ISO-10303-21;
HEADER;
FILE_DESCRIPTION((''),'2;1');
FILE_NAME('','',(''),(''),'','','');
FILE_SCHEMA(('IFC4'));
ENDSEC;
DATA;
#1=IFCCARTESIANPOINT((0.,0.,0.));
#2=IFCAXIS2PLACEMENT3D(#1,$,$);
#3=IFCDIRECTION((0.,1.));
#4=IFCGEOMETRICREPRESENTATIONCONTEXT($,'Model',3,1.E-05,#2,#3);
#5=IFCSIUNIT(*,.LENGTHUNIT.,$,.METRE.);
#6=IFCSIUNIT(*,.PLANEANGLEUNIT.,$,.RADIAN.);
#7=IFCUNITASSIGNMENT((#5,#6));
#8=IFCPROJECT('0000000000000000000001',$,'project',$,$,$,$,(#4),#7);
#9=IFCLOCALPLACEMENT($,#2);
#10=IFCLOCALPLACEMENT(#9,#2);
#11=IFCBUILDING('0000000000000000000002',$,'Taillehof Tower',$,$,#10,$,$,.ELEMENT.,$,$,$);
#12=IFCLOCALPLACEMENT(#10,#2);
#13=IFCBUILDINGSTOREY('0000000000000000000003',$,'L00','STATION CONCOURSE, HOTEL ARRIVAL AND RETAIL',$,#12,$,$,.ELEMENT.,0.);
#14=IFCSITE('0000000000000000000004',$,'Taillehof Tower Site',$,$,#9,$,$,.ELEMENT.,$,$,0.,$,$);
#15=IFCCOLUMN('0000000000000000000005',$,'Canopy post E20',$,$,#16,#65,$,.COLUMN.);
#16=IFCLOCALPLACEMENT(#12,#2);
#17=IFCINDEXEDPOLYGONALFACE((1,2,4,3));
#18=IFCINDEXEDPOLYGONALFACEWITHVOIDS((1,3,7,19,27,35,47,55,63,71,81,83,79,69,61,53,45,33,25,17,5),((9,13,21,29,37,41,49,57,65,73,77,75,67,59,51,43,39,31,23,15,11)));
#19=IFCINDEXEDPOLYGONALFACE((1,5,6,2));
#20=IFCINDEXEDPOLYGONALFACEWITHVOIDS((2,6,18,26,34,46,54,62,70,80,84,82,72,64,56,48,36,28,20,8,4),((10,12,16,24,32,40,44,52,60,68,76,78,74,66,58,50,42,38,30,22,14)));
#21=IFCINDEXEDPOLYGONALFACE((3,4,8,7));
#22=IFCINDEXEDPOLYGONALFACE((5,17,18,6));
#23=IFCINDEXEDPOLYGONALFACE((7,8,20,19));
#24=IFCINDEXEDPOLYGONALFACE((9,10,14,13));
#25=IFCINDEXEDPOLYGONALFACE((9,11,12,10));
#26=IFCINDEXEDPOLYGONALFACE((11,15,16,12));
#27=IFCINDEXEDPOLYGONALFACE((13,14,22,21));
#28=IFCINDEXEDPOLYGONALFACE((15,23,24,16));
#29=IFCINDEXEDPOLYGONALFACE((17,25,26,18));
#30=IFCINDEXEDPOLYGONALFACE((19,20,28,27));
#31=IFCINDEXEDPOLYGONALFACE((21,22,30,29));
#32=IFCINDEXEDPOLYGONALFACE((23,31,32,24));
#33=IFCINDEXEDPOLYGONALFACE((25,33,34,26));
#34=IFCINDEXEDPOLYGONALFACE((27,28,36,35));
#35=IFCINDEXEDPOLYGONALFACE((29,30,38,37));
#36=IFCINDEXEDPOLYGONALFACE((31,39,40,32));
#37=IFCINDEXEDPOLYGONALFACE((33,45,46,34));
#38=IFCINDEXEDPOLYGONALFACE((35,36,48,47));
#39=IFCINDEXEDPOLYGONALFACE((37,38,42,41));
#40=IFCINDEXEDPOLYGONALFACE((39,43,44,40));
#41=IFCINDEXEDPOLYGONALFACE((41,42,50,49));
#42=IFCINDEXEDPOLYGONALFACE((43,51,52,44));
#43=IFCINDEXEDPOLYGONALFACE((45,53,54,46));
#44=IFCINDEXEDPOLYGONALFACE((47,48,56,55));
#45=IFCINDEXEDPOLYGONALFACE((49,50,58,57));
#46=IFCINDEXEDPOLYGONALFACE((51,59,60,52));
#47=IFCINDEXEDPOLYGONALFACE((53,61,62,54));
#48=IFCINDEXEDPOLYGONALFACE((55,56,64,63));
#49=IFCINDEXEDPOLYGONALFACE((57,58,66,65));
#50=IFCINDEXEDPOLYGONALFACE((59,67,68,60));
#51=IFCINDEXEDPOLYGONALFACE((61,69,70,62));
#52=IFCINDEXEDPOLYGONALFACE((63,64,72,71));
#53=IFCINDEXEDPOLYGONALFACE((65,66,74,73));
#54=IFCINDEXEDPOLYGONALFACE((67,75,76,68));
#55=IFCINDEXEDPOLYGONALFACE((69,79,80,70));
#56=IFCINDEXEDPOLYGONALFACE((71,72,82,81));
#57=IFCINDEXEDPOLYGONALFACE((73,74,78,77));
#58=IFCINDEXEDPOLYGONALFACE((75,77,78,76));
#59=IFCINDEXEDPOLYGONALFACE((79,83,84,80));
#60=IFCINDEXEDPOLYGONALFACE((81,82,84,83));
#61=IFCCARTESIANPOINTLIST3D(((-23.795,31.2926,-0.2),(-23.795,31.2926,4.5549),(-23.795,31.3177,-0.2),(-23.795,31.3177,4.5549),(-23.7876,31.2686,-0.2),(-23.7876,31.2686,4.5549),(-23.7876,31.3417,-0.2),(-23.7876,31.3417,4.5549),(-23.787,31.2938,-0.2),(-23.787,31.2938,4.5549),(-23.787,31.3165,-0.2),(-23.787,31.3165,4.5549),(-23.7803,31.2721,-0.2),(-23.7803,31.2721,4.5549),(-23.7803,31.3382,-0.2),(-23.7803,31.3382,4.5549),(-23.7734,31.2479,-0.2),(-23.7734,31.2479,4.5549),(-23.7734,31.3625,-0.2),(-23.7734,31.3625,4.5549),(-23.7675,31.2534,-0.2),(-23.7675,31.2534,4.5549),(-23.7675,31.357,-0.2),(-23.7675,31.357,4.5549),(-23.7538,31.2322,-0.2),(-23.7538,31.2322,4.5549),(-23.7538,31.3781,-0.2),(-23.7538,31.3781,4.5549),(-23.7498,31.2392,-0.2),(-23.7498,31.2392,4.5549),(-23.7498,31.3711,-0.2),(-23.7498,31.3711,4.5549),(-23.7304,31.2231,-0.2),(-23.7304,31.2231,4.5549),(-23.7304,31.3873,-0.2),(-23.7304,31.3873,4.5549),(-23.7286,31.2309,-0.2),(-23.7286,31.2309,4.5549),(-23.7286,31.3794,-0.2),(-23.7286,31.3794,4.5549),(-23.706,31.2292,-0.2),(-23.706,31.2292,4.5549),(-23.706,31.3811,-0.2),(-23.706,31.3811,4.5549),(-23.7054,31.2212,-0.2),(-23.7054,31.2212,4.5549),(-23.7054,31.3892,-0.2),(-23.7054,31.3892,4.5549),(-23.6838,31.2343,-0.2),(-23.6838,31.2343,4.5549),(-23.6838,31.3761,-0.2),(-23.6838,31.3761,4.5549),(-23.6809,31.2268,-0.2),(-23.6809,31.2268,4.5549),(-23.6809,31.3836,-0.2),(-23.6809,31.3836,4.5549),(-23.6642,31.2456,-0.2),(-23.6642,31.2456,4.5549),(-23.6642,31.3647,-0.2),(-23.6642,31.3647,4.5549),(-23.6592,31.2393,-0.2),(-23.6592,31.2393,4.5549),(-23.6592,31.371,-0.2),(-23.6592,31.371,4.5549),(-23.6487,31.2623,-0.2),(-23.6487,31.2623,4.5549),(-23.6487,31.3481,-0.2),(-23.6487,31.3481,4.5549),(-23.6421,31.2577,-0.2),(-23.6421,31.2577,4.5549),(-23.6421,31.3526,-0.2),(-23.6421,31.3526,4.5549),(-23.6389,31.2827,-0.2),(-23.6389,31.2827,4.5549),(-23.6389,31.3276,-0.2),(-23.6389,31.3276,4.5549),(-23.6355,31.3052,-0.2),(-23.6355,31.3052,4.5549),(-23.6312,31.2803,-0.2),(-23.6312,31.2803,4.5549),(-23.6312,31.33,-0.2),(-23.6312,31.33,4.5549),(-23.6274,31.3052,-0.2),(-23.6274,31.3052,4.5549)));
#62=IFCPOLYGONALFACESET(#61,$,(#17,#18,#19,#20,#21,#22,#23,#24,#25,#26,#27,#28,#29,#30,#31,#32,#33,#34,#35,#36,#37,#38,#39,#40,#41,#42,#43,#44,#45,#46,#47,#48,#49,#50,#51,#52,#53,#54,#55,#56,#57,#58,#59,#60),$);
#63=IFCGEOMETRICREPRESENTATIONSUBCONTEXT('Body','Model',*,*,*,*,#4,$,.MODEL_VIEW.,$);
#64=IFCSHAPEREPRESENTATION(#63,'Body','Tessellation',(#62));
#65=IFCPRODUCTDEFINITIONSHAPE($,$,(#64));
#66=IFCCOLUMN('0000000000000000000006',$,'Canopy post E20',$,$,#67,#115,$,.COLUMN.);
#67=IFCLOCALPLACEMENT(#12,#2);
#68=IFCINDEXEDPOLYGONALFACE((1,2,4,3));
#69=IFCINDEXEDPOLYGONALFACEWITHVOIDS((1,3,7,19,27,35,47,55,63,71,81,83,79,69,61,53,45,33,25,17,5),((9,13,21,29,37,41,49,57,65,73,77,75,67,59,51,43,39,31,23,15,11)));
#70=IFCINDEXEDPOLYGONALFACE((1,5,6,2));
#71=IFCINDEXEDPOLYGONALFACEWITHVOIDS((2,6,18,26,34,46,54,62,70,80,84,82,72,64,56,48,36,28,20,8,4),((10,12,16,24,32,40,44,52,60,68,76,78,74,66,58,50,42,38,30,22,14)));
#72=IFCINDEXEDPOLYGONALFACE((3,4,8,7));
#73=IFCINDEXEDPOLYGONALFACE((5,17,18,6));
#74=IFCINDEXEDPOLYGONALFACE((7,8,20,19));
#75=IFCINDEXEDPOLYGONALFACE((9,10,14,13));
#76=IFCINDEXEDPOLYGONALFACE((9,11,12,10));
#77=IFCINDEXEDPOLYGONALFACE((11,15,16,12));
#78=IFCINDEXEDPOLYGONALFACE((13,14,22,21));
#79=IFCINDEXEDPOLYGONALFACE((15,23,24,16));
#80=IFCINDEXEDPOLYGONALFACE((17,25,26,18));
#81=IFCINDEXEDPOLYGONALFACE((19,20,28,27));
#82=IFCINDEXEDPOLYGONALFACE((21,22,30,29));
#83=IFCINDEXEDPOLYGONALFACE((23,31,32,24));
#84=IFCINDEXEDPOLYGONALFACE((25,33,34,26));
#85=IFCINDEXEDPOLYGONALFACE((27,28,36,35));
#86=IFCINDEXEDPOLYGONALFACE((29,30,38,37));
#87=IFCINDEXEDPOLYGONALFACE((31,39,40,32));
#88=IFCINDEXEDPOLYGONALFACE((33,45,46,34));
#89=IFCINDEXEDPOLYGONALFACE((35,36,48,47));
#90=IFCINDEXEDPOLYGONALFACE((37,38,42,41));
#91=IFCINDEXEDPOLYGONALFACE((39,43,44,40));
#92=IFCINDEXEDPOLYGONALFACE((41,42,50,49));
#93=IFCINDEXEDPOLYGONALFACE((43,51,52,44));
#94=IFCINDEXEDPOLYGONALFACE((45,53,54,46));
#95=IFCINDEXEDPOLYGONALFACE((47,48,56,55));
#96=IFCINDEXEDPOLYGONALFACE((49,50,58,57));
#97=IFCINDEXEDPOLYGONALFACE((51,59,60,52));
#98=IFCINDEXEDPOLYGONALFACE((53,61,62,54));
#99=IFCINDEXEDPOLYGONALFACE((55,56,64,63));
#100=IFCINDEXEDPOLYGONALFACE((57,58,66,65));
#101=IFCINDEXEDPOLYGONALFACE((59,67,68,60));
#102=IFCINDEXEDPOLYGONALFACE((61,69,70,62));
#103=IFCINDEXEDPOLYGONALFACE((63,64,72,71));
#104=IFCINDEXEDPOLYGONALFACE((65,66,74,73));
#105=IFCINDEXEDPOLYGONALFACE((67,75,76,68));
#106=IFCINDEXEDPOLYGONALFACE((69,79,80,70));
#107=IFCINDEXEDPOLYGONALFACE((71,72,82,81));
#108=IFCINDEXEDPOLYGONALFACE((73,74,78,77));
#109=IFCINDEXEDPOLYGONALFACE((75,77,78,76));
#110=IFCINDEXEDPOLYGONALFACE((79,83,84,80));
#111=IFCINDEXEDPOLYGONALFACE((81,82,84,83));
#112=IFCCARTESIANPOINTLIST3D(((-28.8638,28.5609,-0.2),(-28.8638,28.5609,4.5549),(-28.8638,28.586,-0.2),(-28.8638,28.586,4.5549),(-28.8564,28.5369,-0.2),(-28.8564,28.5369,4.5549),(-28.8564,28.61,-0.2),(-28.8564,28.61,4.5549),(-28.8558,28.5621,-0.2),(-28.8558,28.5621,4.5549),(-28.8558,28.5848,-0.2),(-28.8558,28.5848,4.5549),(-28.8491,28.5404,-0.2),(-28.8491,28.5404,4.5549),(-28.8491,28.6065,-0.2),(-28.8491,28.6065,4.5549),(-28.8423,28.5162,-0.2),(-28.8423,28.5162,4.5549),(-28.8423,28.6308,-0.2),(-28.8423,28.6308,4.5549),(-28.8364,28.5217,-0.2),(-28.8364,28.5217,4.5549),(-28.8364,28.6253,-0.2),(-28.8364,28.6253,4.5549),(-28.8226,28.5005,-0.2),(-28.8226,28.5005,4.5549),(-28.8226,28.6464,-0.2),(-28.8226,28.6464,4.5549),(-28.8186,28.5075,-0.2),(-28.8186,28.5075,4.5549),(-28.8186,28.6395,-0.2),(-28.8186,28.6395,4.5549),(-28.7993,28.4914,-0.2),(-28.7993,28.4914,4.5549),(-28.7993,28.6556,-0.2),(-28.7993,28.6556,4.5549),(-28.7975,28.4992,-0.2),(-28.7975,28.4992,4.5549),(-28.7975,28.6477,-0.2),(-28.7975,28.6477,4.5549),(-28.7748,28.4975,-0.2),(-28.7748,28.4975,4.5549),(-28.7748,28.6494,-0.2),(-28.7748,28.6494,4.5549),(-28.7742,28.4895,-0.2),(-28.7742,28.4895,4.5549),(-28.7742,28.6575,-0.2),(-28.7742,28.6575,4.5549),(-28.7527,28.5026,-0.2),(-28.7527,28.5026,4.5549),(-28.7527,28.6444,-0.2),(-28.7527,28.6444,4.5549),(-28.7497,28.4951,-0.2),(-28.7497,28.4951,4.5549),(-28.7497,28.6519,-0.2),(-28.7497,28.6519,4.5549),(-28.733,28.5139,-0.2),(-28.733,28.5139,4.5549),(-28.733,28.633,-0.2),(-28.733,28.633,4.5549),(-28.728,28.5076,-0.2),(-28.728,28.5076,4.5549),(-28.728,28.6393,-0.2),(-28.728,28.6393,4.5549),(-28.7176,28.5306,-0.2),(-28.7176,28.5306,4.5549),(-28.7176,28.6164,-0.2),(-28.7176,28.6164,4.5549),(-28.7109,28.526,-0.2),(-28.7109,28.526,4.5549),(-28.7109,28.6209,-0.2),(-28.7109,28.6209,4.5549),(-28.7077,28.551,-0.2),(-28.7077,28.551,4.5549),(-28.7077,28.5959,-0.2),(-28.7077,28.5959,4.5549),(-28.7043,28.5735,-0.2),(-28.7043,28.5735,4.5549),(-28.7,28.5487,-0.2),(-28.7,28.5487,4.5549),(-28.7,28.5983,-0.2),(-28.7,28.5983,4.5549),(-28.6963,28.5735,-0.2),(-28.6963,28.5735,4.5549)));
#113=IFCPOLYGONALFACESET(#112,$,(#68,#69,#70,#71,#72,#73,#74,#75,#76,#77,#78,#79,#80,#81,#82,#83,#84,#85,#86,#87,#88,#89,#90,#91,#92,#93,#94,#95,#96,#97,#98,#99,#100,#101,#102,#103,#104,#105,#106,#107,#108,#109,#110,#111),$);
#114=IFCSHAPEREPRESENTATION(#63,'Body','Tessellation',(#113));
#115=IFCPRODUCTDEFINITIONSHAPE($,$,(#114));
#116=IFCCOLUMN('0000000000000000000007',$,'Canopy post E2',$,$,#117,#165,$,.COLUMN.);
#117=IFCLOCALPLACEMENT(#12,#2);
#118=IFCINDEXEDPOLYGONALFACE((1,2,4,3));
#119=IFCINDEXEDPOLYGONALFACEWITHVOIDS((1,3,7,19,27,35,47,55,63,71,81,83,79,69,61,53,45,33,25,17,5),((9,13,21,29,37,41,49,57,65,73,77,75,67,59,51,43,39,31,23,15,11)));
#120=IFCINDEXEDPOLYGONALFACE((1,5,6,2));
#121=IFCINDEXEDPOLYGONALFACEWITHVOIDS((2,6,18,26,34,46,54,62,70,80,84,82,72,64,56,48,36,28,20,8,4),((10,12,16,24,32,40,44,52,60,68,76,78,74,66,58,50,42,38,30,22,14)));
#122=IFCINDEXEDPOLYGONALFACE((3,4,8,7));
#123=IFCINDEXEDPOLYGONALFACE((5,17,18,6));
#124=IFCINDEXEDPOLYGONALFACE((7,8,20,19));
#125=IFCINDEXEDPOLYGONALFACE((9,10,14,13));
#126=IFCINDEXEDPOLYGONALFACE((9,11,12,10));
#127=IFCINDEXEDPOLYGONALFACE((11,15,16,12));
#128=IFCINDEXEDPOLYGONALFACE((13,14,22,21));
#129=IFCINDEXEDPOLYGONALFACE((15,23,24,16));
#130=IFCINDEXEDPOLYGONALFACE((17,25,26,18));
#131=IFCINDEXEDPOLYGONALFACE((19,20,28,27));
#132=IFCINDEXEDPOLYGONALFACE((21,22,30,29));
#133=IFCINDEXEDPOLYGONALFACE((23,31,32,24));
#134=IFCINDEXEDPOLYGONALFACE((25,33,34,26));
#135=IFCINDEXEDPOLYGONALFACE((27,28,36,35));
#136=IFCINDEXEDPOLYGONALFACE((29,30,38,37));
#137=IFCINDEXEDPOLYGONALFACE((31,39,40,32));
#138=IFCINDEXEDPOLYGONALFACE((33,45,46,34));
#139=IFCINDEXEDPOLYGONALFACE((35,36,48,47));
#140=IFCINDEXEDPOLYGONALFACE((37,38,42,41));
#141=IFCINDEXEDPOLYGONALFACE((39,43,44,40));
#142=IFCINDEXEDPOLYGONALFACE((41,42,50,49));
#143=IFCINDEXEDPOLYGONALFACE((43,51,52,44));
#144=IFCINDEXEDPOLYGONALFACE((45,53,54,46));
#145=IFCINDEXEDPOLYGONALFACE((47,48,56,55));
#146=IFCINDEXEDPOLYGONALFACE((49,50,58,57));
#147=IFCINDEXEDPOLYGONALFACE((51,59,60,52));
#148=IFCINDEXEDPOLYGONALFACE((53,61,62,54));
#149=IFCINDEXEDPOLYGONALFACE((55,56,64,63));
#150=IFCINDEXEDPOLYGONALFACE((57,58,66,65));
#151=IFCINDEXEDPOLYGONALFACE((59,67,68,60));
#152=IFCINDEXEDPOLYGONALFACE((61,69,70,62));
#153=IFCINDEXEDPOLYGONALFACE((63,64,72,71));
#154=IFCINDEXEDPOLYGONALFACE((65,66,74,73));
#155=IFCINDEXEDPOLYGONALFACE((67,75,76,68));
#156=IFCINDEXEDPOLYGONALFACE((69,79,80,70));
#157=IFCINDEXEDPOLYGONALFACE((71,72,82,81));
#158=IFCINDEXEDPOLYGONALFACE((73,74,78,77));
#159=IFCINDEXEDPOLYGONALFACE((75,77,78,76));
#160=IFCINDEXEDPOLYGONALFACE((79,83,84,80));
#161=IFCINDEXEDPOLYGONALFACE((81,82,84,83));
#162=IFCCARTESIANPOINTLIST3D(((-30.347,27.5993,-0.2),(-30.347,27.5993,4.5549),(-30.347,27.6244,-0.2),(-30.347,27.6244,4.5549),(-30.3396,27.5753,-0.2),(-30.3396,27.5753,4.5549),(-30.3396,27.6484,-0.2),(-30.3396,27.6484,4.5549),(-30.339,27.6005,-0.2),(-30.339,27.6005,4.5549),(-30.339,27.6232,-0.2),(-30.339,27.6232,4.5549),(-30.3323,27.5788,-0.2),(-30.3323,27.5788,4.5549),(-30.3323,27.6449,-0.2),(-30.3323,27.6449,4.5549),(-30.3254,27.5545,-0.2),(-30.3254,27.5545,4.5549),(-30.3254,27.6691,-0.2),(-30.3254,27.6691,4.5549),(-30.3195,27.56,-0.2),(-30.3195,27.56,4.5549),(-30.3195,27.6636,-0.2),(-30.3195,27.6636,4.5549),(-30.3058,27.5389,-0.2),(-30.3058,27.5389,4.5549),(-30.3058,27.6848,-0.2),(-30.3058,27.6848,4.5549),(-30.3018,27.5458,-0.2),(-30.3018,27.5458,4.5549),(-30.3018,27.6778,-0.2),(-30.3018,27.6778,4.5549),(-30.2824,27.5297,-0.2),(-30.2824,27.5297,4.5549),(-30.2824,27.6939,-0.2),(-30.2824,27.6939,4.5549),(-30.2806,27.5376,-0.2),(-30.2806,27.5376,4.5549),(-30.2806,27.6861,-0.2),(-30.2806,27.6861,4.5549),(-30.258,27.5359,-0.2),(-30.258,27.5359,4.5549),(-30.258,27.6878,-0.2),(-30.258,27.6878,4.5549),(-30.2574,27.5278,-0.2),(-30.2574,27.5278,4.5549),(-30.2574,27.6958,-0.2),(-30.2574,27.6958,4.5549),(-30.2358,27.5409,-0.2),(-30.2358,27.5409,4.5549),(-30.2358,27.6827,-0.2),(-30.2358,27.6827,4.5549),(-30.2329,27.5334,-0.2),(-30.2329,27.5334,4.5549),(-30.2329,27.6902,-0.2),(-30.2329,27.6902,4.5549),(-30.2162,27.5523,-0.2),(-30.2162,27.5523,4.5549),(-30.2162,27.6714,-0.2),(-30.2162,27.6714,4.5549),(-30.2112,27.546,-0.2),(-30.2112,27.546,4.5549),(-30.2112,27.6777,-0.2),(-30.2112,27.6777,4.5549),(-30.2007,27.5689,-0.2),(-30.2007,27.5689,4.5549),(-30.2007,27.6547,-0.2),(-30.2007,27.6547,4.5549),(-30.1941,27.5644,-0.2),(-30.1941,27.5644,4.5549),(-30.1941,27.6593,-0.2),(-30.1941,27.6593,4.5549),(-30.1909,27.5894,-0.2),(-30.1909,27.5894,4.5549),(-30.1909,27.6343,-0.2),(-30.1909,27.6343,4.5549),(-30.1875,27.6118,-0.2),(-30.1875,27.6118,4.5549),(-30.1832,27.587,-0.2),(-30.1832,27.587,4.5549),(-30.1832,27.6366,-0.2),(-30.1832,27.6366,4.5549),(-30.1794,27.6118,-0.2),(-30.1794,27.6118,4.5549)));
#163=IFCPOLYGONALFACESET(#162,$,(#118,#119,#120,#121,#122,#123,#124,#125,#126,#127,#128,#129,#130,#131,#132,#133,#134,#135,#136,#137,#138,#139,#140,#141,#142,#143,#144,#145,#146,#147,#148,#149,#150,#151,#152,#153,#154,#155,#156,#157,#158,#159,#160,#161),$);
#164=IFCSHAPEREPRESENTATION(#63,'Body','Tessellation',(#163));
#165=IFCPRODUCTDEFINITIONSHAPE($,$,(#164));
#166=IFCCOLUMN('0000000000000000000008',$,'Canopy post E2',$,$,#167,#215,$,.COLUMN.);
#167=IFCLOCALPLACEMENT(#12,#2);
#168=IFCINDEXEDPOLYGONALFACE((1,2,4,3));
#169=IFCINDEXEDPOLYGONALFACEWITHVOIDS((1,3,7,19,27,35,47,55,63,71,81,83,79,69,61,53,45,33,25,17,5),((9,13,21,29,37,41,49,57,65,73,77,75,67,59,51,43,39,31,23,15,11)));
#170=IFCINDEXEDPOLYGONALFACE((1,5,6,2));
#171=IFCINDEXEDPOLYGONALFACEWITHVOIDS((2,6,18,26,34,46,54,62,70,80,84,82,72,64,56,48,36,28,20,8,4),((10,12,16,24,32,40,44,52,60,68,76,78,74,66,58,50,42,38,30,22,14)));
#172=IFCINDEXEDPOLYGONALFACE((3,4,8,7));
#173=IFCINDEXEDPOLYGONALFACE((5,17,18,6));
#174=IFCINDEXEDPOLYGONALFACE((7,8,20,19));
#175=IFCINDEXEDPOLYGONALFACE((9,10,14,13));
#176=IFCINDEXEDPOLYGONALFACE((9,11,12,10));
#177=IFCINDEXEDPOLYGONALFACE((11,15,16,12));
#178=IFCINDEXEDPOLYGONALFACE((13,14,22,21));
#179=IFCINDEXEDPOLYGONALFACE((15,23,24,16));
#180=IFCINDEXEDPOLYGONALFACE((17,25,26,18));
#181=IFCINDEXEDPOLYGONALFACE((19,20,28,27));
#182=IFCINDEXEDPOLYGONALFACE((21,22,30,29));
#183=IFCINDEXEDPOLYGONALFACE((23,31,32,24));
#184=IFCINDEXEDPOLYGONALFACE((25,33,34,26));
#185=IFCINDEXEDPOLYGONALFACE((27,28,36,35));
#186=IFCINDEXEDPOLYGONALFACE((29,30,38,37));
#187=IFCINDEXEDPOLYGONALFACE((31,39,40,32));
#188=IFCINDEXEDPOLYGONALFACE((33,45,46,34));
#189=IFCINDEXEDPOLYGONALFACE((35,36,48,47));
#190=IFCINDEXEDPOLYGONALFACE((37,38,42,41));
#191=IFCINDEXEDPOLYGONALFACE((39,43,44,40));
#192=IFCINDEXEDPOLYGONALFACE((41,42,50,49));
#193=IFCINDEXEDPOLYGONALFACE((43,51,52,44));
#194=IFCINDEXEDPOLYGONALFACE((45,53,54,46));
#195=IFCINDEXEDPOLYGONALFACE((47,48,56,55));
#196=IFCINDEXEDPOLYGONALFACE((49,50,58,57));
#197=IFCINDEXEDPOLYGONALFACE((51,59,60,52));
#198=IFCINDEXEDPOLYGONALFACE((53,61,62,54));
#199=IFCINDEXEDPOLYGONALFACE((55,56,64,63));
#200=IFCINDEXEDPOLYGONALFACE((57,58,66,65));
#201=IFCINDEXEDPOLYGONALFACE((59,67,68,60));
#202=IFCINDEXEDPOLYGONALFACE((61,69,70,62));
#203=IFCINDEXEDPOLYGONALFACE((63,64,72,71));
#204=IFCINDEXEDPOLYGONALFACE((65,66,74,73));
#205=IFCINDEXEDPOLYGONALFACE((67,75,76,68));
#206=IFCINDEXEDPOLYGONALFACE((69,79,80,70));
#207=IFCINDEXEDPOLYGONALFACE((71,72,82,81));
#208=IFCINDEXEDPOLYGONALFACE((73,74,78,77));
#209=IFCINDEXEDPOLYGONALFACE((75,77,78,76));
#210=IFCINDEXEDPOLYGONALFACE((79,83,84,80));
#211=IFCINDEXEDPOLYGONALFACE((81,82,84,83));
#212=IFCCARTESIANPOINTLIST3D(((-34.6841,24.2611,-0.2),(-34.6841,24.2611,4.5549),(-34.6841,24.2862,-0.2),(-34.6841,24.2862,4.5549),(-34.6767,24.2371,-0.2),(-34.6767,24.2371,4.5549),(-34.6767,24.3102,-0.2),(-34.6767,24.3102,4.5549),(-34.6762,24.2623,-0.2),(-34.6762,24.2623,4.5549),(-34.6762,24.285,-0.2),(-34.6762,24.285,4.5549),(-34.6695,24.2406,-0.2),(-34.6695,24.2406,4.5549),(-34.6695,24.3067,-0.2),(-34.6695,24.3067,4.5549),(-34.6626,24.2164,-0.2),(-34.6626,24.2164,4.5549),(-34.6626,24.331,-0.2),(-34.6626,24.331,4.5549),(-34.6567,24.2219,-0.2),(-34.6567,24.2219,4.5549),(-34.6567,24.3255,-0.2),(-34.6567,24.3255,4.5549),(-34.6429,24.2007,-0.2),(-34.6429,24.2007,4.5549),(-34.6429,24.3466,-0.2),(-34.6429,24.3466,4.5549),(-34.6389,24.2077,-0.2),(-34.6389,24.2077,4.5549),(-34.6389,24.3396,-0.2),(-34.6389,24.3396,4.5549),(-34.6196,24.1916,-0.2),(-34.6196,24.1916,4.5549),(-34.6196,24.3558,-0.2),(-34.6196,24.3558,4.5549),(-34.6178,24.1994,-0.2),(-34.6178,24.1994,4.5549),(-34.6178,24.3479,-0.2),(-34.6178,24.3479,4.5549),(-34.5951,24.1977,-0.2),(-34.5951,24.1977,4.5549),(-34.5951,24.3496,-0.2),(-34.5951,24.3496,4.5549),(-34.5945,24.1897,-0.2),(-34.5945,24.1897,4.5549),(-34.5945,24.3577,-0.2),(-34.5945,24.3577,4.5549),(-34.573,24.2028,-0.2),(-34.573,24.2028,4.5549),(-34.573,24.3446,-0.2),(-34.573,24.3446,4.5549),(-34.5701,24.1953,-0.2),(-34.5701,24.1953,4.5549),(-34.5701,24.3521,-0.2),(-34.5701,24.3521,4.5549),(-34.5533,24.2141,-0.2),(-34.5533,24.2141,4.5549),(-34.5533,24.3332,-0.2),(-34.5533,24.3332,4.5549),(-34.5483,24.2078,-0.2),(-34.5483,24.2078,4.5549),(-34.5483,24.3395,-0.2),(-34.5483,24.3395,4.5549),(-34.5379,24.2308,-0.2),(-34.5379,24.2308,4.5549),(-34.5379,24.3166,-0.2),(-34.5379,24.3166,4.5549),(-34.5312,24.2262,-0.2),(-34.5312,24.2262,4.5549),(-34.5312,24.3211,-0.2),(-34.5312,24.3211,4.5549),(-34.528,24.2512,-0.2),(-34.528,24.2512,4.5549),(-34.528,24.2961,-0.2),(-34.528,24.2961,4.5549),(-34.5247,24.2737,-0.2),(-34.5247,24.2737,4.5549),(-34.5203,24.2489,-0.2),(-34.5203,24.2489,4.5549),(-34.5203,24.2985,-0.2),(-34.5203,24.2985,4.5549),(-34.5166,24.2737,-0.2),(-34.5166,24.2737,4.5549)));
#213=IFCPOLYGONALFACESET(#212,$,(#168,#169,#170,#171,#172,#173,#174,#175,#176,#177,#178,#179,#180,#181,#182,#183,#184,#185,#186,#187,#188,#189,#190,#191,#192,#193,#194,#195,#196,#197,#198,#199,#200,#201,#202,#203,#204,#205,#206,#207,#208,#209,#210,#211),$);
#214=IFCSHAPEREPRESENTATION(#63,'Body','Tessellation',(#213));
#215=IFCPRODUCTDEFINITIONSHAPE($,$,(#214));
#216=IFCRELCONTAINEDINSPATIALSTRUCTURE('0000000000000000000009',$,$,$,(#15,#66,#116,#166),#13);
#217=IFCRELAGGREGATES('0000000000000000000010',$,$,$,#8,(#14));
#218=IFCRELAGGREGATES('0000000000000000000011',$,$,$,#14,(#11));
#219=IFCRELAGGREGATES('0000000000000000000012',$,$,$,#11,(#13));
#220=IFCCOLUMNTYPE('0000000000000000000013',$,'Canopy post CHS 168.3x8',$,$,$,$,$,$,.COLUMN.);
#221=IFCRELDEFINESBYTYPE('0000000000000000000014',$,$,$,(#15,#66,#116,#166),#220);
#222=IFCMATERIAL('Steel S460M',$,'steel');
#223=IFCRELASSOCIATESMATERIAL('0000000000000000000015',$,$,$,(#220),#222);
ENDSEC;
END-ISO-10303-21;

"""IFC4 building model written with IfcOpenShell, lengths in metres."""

from ifc_helpers import new_model, si_unit, direction, frame, origin, origin_2d, place, context, subcontext, project, spatial, hollow_circle, extrude, material, material_profile, profile_set, type_object, element, save


model = new_model("IFC4")

# Units and contexts
model_context = context("Model", 3, precision=1e-05, world=origin(), true_north=direction((0.0, 1.0)))
body_context = subcontext(model_context, "Body", "Model", "MODEL_VIEW")
ifc_project = project(units=[si_unit("LENGTHUNIT", "METRE"), si_unit("PLANEANGLEUNIT", "RADIAN")], contexts=[model_context])

# Site, building, storey
site_placement = place(None, origin())
site = spatial("IfcSite", under=ifc_project, at=site_placement, Name="Taillehof Tower Site", CompositionType="ELEMENT", RefElevation=0.0)
building_placement = place(site_placement, origin())
building = spatial("IfcBuilding", under=site, at=building_placement, Name="Taillehof Tower", CompositionType="ELEMENT")
storey_placement = place(building_placement, origin())
storey = spatial("IfcBuildingStorey", under=building, at=storey_placement, Name="L00", Description="STATION CONCOURSE, HOTEL ARRIVAL AND RETAIL", CompositionType="ELEMENT", Elevation=0.0)

# Columns
ifc_material_1 = material(Name="Steel S460M", Category="steel")
ifc_material_profile_1 = material_profile(ifc_material_1, hollow_circle(Radius=0.0842, WallThickness=0.0081, at=origin_2d()), Name="CHS 168.3x8")
ifc_profile_set_1 = profile_set([ifc_material_profile_1], Name="Steel S460M")
column_type_1 = type_object("IfcColumnType", Name="Canopy post CHS 168.3x8", PredefinedType="COLUMN", material=ifc_profile_set_1)
for number, where, z_axis, x_axis, name in (
    (1, (-23.7117, 31.3052, -0.2), (0.0, 0.0, 1.0), (1.0, 0.0, 0.0), "Canopy post E20"),
    (2, (-28.7805, 28.5735, -0.2), (0.0, 0.0, 1.0), (1.0, 0.0, 0.0), "Canopy post E20"),
    (3, (-30.2637, 27.6118, -0.2), (0.0, 0.0, 1.0), (1.0, 0.0, 0.0), "Canopy post E2"),
    (4, (-34.6008, 24.2737, -0.2), (0.0, 0.0, 1.0), (1.0, 0.0, 0.0), "Canopy post E2"),
):
    element("IfcColumn", number, at=place(storey_placement, frame(where, z_axis=z_axis, x_axis=x_axis)), inside=storey, type_object=column_type_1, Name=name, PredefinedType="COLUMN", context=body_context, shape_type="SweptSolid", body=[
        extrude(hollow_circle(Radius=0.0842, WallThickness=0.0081, at=origin_2d()), origin(), (0.0, 0.0, 1.0), 4.7549),
    ])

save(model, "model.ifc")
